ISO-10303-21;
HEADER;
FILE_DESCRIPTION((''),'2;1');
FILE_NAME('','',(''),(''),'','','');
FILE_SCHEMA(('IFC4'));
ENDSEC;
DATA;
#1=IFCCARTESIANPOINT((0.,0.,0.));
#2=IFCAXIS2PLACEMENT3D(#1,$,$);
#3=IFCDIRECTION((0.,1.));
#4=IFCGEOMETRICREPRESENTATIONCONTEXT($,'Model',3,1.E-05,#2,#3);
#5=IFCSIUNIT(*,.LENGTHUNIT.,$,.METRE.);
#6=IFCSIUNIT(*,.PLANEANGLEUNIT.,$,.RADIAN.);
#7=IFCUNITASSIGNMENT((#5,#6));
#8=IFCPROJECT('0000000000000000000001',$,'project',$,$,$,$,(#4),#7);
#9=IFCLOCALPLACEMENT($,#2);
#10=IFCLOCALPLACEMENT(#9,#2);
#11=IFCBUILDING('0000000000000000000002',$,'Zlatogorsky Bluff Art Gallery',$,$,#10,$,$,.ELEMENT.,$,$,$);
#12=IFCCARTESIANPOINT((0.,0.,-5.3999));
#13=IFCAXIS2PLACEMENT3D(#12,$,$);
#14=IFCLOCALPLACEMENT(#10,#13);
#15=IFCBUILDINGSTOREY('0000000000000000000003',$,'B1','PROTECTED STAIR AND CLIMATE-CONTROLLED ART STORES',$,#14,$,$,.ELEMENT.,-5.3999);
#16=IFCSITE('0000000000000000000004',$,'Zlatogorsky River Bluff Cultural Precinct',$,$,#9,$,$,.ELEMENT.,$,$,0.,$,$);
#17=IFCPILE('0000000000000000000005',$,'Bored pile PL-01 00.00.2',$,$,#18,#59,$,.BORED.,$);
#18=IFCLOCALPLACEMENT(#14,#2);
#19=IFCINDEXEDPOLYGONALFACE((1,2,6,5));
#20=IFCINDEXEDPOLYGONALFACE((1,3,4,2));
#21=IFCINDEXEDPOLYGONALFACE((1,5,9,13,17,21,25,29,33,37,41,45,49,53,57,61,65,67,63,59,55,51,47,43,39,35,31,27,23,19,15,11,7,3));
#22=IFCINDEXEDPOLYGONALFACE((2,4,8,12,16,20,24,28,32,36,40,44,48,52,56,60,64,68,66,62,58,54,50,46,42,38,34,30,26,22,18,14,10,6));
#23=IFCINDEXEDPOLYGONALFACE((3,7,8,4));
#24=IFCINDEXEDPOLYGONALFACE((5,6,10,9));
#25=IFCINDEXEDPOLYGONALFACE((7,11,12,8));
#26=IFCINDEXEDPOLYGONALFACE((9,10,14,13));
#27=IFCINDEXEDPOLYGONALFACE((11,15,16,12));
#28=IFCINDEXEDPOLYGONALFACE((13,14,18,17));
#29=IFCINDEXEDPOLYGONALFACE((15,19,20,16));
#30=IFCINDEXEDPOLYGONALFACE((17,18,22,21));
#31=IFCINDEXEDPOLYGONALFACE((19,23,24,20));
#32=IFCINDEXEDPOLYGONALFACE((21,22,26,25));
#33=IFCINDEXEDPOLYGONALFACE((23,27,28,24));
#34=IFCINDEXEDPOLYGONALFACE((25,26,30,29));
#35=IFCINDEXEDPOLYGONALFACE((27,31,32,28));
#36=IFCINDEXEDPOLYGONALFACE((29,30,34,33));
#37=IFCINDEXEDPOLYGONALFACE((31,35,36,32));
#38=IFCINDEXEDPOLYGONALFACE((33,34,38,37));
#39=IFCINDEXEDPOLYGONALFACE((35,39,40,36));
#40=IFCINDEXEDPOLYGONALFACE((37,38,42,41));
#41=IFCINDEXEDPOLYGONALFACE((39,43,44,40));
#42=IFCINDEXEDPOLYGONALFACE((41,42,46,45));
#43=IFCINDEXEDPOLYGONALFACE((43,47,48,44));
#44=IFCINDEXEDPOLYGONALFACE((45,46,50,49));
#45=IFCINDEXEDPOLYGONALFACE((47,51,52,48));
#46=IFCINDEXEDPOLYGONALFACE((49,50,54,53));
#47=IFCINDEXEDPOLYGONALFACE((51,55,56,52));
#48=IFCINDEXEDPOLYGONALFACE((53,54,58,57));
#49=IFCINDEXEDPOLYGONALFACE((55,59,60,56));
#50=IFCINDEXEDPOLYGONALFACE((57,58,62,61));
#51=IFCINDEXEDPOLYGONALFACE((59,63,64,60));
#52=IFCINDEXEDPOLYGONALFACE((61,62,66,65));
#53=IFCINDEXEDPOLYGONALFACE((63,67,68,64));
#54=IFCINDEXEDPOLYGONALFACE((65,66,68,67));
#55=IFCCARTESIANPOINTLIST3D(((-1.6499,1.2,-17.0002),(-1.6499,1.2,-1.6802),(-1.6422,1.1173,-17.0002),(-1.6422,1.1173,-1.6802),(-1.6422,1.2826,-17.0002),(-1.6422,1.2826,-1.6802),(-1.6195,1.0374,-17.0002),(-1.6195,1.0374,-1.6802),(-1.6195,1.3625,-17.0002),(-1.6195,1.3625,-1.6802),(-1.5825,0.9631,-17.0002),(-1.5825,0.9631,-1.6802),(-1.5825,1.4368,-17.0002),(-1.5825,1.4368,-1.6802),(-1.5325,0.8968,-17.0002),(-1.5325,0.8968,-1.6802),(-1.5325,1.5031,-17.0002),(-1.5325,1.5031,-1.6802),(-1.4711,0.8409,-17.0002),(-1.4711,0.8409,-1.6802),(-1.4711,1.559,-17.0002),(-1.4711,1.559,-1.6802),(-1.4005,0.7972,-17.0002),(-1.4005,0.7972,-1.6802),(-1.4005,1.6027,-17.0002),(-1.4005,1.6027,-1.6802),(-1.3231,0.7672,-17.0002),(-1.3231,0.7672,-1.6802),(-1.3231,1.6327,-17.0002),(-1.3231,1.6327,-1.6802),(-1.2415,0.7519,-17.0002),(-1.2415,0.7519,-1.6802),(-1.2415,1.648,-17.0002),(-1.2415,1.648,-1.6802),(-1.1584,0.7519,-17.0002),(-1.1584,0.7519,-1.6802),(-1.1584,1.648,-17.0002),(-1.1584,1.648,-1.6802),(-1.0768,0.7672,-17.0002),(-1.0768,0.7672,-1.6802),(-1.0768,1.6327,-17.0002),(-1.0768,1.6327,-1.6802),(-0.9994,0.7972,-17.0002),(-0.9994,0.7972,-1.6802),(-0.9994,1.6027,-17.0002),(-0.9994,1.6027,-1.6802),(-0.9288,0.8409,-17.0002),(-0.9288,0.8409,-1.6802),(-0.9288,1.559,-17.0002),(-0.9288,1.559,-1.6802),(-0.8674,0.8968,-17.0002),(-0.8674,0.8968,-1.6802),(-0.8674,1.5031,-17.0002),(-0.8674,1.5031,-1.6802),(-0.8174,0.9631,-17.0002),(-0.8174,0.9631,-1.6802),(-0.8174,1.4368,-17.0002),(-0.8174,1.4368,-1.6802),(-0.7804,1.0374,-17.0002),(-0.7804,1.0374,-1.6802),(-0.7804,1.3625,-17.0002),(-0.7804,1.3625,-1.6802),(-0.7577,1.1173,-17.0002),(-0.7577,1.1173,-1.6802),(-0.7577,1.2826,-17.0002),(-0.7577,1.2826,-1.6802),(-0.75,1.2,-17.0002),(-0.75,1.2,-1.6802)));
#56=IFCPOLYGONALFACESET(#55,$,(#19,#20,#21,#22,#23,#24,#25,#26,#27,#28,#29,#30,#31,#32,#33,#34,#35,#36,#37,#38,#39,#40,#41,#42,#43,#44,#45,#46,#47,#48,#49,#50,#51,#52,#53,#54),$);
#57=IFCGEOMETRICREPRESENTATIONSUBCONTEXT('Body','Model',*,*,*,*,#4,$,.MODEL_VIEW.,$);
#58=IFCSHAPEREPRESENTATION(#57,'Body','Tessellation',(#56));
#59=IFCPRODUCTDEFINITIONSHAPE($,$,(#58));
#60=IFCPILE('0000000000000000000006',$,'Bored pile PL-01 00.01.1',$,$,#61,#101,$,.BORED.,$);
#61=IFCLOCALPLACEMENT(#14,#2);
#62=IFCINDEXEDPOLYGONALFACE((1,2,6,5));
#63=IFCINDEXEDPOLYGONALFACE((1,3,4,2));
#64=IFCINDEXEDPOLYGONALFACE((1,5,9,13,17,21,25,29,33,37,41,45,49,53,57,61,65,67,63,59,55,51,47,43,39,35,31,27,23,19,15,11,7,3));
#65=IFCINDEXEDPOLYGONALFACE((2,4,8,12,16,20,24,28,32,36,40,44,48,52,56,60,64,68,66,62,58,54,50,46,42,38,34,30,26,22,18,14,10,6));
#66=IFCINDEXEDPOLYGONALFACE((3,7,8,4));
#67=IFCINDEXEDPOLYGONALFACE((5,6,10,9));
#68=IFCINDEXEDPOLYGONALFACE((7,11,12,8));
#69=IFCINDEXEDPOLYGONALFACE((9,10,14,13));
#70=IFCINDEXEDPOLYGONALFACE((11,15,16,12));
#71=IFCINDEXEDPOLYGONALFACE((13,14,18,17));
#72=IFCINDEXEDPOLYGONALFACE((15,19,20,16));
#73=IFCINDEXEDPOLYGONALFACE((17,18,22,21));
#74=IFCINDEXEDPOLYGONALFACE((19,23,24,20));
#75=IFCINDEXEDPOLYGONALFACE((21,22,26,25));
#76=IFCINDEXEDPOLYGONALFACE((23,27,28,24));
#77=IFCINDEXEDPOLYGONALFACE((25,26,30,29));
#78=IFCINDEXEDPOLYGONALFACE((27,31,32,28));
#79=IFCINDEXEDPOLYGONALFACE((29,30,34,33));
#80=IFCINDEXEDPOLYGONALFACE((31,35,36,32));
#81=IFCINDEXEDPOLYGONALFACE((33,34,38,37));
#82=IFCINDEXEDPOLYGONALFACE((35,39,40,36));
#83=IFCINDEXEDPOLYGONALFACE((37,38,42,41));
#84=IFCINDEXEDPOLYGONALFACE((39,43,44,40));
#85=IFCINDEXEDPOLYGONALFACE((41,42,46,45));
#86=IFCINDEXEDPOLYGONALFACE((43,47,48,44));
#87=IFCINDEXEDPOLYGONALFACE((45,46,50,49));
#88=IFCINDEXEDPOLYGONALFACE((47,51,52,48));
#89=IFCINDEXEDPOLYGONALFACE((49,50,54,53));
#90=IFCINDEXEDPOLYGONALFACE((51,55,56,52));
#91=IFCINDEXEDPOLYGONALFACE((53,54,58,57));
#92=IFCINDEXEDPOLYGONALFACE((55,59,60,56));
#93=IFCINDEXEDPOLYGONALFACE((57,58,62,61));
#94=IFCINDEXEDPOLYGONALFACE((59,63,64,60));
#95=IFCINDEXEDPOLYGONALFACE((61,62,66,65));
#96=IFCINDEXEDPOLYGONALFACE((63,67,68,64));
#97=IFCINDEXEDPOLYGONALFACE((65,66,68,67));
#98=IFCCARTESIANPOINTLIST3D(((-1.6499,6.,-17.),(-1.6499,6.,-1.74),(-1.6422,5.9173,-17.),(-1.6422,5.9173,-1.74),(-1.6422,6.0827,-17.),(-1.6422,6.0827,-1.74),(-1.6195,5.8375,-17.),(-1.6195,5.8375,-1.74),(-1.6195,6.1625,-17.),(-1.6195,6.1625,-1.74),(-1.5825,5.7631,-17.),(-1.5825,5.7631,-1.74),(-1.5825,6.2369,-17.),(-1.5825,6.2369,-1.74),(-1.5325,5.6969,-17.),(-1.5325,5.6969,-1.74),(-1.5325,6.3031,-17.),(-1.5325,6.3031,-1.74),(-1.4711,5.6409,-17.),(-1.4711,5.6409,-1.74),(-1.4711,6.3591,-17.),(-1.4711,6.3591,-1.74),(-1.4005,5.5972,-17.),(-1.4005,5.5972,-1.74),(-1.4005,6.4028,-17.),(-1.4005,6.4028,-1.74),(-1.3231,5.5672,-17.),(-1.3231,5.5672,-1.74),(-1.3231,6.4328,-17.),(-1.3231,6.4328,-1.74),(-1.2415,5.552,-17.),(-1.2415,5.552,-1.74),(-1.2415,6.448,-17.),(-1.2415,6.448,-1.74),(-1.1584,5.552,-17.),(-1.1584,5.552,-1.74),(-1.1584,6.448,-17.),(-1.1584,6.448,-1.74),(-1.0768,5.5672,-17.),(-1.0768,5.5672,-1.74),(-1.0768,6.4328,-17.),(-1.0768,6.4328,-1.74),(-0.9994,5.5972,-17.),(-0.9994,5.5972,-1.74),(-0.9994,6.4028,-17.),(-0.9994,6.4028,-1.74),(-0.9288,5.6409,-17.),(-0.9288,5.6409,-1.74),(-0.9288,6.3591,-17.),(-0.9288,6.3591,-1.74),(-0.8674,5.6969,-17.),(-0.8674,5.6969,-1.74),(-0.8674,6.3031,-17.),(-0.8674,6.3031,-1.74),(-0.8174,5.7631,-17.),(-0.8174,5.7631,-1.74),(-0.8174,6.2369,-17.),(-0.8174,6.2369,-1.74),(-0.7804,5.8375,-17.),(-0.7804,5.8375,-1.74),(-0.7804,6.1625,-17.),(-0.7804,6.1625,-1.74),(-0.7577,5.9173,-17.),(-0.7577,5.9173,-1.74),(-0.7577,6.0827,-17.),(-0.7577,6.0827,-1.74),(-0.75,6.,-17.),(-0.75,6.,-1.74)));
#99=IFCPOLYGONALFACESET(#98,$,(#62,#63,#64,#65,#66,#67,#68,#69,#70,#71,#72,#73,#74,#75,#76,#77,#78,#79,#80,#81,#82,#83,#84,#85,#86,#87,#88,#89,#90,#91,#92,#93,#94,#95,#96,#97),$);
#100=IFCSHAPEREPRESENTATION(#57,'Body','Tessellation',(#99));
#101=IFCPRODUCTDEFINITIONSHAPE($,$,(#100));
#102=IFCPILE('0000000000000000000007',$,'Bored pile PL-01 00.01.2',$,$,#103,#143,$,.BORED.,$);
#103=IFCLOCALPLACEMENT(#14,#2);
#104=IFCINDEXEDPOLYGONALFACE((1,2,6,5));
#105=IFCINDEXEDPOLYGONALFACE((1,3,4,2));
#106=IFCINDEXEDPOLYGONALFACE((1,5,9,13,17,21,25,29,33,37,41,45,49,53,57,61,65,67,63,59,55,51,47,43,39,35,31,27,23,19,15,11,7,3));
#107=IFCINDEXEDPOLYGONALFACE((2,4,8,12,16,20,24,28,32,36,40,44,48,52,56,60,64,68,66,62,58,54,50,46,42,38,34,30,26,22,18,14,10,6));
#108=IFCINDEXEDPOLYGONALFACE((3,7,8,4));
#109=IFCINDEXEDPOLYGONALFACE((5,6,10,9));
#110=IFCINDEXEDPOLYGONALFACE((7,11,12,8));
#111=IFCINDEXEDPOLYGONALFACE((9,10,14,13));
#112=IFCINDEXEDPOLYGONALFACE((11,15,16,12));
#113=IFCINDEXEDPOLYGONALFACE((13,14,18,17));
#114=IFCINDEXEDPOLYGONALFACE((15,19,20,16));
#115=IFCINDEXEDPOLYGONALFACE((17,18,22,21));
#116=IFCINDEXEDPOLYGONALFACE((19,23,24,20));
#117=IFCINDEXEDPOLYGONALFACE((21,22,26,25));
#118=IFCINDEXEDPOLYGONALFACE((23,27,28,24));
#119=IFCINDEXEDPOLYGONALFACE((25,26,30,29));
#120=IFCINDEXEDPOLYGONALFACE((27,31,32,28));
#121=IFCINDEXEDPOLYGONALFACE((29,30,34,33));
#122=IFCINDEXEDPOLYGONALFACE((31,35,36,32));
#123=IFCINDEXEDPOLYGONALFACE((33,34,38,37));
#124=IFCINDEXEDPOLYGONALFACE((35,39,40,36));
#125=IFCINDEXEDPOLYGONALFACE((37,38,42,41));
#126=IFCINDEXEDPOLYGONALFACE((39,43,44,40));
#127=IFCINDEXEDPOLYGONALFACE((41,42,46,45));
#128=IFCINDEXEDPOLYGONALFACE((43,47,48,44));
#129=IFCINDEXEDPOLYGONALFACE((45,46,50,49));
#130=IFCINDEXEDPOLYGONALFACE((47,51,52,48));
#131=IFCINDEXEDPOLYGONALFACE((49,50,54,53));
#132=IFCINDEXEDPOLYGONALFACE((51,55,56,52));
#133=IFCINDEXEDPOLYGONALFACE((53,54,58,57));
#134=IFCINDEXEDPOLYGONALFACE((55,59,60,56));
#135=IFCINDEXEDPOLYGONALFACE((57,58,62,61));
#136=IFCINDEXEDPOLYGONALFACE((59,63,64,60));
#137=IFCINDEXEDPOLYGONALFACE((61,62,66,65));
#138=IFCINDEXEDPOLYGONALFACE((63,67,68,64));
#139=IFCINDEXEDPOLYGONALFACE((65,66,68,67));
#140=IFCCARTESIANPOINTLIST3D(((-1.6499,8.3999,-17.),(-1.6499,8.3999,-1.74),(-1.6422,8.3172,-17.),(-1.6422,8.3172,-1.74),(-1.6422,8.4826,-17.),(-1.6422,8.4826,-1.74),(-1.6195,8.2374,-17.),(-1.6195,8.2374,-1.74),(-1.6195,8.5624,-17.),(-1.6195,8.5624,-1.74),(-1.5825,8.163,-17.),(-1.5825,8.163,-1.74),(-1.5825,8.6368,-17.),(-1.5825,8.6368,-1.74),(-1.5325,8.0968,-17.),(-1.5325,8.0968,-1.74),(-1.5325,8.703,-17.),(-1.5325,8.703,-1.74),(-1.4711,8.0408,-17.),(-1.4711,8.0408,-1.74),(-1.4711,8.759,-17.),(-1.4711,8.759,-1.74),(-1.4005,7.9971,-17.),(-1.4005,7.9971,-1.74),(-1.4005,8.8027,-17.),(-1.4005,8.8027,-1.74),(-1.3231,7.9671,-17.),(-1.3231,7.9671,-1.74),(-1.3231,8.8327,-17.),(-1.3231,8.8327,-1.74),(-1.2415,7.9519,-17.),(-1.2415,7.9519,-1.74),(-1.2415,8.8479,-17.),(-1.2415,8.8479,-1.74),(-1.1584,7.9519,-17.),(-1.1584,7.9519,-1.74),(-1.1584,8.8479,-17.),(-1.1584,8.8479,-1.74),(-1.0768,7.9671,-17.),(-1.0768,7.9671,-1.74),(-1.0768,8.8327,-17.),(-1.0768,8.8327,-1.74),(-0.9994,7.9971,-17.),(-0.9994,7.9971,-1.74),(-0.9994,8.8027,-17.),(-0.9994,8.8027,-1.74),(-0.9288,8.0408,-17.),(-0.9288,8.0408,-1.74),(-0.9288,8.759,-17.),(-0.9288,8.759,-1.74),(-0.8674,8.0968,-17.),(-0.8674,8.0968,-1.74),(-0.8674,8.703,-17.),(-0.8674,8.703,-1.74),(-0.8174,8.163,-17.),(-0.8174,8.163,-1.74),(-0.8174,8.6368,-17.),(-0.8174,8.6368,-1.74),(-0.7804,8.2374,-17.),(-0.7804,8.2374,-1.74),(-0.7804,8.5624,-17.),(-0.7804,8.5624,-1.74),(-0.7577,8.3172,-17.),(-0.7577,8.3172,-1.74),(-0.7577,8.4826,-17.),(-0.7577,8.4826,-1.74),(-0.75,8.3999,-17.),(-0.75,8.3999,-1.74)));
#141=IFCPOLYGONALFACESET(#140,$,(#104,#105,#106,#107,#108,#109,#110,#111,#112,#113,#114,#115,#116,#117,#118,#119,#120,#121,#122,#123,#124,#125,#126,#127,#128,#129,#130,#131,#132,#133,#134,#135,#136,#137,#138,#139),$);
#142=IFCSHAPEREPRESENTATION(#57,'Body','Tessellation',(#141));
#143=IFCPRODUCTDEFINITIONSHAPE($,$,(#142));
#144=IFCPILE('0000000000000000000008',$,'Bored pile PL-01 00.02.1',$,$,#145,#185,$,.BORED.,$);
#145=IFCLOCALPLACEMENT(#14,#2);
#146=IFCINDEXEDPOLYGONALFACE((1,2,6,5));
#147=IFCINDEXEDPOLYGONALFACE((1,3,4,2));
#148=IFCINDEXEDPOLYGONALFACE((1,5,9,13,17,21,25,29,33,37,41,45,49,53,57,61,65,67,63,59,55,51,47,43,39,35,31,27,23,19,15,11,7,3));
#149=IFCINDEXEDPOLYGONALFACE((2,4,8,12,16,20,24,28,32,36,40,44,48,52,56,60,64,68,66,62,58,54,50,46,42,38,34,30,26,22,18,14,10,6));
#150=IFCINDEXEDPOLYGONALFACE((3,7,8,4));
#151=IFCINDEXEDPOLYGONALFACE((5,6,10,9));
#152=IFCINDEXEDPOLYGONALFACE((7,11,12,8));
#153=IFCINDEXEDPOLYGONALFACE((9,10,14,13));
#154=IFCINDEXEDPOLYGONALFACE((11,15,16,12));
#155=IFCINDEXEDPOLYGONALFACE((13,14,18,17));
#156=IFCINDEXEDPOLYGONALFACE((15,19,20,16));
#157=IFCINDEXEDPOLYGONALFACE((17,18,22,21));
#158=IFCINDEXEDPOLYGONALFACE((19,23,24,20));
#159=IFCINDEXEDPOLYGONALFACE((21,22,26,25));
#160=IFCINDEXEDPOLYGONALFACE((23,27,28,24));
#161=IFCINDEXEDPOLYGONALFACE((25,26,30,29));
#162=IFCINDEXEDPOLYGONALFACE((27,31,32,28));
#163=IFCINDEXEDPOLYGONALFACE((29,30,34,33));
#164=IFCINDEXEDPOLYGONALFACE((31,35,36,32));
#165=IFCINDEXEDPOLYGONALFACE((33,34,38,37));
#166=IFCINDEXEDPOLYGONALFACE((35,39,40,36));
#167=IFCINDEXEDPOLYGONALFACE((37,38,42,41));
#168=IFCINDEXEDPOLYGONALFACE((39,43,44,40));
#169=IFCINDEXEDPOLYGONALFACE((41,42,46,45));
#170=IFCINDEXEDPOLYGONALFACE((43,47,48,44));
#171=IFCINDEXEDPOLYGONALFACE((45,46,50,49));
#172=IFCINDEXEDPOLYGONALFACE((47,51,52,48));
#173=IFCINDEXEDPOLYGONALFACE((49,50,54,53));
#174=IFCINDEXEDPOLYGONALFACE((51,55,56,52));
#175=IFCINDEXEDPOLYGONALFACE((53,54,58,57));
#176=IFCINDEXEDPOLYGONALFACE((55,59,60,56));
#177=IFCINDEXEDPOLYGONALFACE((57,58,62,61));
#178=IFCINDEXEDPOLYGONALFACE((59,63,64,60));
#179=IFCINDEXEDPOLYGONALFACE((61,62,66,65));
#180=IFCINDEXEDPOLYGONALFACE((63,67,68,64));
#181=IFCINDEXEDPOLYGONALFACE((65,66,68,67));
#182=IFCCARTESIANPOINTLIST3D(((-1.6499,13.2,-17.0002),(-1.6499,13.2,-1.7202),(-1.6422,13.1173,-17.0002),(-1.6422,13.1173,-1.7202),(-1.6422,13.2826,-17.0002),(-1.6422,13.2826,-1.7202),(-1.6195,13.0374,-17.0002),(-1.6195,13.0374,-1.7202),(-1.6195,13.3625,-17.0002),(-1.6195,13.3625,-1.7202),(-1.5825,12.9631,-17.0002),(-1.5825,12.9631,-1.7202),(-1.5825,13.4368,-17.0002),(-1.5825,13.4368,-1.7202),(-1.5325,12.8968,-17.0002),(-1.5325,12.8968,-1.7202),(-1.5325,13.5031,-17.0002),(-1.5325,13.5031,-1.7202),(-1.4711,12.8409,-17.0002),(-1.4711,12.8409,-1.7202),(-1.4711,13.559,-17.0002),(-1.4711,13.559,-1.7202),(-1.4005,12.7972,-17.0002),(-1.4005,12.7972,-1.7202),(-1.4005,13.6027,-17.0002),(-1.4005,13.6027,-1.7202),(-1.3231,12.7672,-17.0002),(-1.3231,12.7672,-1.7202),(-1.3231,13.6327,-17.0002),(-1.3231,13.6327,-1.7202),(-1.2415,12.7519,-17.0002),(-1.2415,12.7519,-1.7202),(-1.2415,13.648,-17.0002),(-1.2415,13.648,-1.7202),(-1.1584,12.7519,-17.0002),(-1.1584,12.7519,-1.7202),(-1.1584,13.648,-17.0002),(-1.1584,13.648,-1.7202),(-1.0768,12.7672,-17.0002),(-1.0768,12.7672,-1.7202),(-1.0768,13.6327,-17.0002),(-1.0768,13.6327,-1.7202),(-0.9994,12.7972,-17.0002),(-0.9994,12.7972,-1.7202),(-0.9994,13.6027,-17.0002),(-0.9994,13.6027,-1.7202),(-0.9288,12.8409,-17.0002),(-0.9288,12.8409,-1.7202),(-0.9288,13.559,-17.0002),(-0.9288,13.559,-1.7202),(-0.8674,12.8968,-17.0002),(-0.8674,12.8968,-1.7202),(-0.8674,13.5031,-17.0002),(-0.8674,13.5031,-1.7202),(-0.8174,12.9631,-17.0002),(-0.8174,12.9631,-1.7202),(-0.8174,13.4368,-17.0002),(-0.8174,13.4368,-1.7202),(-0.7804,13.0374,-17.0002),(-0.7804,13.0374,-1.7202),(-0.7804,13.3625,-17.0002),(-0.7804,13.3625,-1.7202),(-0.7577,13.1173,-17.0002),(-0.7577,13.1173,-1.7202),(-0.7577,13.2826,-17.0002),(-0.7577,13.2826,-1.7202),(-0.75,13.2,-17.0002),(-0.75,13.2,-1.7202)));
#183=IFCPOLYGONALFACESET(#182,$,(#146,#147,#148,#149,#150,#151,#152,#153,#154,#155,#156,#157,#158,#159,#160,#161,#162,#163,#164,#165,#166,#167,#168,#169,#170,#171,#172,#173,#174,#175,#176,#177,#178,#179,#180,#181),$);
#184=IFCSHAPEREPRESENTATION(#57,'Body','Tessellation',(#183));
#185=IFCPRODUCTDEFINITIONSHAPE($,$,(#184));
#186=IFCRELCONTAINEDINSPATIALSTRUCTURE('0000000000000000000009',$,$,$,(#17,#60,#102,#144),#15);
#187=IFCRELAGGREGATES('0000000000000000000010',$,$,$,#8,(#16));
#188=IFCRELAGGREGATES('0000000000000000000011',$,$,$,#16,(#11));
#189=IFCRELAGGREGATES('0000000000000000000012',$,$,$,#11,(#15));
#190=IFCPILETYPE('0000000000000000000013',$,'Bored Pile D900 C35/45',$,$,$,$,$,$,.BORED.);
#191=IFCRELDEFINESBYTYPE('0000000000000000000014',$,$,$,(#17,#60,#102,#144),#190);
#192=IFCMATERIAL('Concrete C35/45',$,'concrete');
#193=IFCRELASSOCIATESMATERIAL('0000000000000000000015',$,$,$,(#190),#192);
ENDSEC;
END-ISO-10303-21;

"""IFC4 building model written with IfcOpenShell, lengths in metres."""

from ifc_helpers import new_model, si_unit, direction, frame, origin, origin_2d, place, context, subcontext, project, spatial, circle, extrude, material, material_profile, profile_set, type_object, element, save


model = new_model("IFC4")

# Units and contexts
model_context = context("Model", 3, precision=1e-05, world=origin(), true_north=direction((0.0, 1.0)))
body_context = subcontext(model_context, "Body", "Model", "MODEL_VIEW")
ifc_project = project(units=[si_unit("LENGTHUNIT", "METRE"), si_unit("PLANEANGLEUNIT", "RADIAN")], contexts=[model_context])

# Site, building, storey
site_placement = place(None, origin())
site = spatial("IfcSite", under=ifc_project, at=site_placement, Name="Zlatogorsky River Bluff Cultural Precinct", CompositionType="ELEMENT", RefElevation=0.0)
building_placement = place(site_placement, origin())
building = spatial("IfcBuilding", under=site, at=building_placement, Name="Zlatogorsky Bluff Art Gallery", CompositionType="ELEMENT")
storey_placement = place(building_placement, frame((0.0, 0.0, -5.3999)))
storey = spatial("IfcBuildingStorey", under=building, at=storey_placement, Name="B1", Description="PROTECTED STAIR AND CLIMATE-CONTROLLED ART STORES", CompositionType="ELEMENT", Elevation=-5.3999)

# Piles
ifc_material_1 = material(Name="Concrete C35/45", Category="concrete")
ifc_material_profile = material_profile(ifc_material_1, circle(Radius=0.45, at=origin_2d()), Name="BORED PILE D900")
ifc_profile_set = profile_set([ifc_material_profile], Name="Concrete C35/45")
pile_type = type_object("IfcPileType", Name="Bored Pile D900 C35/45", PredefinedType="BORED", material=ifc_profile_set)
pile_1_placement = place(storey_placement, frame((-1.2, 1.2, -1.6802), z_axis=(0.0, 0.0, -1.0), x_axis=(1.0, 0.0, 0.0)))
element("IfcPile", 1, at=pile_1_placement, inside=storey, type_object=pile_type, Name="Bored pile PL-01 00.00.2", PredefinedType="BORED", context=body_context, shape_type="SweptSolid", body=[
    extrude(circle(Radius=0.45, at=origin_2d()), origin(), (0.0, 0.0, 1.0), 15.3201),
])
for number, where, z_axis, x_axis, name in (
    (2, (-1.2, 6.0, -1.74), (0.0, 0.0, -1.0), (1.0, 0.0, 0.0), "Bored pile PL-01 00.01.1"),
    (3, (-1.2, 8.3999, -1.74), (0.0, 0.0, -1.0), (1.0, 0.0, 0.0), "Bored pile PL-01 00.01.2"),
):
    element("IfcPile", number, at=place(storey_placement, frame(where, z_axis=z_axis, x_axis=x_axis)), inside=storey, type_object=pile_type, Name=name, PredefinedType="BORED", context=body_context, shape_type="SweptSolid", body=[
        extrude(circle(Radius=0.45, at=origin_2d()), origin(), (0.0, 0.0, 1.0), 15.26),
    ])
for number, where, z_axis, x_axis, name in (
    (4, (-1.2, 13.2, -1.7202), (0.0, 0.0, -1.0), (1.0, 0.0, 0.0), "Bored pile PL-01 00.02.1"),
):
    element("IfcPile", number, at=place(storey_placement, frame(where, z_axis=z_axis, x_axis=x_axis)), inside=storey, type_object=pile_type, Name=name, PredefinedType="BORED", context=body_context, shape_type="SweptSolid", body=[
        extrude(circle(Radius=0.45, at=origin_2d()), origin(), (0.0, 0.0, 1.0), 15.28),
    ])

save(model, "model.ifc")
